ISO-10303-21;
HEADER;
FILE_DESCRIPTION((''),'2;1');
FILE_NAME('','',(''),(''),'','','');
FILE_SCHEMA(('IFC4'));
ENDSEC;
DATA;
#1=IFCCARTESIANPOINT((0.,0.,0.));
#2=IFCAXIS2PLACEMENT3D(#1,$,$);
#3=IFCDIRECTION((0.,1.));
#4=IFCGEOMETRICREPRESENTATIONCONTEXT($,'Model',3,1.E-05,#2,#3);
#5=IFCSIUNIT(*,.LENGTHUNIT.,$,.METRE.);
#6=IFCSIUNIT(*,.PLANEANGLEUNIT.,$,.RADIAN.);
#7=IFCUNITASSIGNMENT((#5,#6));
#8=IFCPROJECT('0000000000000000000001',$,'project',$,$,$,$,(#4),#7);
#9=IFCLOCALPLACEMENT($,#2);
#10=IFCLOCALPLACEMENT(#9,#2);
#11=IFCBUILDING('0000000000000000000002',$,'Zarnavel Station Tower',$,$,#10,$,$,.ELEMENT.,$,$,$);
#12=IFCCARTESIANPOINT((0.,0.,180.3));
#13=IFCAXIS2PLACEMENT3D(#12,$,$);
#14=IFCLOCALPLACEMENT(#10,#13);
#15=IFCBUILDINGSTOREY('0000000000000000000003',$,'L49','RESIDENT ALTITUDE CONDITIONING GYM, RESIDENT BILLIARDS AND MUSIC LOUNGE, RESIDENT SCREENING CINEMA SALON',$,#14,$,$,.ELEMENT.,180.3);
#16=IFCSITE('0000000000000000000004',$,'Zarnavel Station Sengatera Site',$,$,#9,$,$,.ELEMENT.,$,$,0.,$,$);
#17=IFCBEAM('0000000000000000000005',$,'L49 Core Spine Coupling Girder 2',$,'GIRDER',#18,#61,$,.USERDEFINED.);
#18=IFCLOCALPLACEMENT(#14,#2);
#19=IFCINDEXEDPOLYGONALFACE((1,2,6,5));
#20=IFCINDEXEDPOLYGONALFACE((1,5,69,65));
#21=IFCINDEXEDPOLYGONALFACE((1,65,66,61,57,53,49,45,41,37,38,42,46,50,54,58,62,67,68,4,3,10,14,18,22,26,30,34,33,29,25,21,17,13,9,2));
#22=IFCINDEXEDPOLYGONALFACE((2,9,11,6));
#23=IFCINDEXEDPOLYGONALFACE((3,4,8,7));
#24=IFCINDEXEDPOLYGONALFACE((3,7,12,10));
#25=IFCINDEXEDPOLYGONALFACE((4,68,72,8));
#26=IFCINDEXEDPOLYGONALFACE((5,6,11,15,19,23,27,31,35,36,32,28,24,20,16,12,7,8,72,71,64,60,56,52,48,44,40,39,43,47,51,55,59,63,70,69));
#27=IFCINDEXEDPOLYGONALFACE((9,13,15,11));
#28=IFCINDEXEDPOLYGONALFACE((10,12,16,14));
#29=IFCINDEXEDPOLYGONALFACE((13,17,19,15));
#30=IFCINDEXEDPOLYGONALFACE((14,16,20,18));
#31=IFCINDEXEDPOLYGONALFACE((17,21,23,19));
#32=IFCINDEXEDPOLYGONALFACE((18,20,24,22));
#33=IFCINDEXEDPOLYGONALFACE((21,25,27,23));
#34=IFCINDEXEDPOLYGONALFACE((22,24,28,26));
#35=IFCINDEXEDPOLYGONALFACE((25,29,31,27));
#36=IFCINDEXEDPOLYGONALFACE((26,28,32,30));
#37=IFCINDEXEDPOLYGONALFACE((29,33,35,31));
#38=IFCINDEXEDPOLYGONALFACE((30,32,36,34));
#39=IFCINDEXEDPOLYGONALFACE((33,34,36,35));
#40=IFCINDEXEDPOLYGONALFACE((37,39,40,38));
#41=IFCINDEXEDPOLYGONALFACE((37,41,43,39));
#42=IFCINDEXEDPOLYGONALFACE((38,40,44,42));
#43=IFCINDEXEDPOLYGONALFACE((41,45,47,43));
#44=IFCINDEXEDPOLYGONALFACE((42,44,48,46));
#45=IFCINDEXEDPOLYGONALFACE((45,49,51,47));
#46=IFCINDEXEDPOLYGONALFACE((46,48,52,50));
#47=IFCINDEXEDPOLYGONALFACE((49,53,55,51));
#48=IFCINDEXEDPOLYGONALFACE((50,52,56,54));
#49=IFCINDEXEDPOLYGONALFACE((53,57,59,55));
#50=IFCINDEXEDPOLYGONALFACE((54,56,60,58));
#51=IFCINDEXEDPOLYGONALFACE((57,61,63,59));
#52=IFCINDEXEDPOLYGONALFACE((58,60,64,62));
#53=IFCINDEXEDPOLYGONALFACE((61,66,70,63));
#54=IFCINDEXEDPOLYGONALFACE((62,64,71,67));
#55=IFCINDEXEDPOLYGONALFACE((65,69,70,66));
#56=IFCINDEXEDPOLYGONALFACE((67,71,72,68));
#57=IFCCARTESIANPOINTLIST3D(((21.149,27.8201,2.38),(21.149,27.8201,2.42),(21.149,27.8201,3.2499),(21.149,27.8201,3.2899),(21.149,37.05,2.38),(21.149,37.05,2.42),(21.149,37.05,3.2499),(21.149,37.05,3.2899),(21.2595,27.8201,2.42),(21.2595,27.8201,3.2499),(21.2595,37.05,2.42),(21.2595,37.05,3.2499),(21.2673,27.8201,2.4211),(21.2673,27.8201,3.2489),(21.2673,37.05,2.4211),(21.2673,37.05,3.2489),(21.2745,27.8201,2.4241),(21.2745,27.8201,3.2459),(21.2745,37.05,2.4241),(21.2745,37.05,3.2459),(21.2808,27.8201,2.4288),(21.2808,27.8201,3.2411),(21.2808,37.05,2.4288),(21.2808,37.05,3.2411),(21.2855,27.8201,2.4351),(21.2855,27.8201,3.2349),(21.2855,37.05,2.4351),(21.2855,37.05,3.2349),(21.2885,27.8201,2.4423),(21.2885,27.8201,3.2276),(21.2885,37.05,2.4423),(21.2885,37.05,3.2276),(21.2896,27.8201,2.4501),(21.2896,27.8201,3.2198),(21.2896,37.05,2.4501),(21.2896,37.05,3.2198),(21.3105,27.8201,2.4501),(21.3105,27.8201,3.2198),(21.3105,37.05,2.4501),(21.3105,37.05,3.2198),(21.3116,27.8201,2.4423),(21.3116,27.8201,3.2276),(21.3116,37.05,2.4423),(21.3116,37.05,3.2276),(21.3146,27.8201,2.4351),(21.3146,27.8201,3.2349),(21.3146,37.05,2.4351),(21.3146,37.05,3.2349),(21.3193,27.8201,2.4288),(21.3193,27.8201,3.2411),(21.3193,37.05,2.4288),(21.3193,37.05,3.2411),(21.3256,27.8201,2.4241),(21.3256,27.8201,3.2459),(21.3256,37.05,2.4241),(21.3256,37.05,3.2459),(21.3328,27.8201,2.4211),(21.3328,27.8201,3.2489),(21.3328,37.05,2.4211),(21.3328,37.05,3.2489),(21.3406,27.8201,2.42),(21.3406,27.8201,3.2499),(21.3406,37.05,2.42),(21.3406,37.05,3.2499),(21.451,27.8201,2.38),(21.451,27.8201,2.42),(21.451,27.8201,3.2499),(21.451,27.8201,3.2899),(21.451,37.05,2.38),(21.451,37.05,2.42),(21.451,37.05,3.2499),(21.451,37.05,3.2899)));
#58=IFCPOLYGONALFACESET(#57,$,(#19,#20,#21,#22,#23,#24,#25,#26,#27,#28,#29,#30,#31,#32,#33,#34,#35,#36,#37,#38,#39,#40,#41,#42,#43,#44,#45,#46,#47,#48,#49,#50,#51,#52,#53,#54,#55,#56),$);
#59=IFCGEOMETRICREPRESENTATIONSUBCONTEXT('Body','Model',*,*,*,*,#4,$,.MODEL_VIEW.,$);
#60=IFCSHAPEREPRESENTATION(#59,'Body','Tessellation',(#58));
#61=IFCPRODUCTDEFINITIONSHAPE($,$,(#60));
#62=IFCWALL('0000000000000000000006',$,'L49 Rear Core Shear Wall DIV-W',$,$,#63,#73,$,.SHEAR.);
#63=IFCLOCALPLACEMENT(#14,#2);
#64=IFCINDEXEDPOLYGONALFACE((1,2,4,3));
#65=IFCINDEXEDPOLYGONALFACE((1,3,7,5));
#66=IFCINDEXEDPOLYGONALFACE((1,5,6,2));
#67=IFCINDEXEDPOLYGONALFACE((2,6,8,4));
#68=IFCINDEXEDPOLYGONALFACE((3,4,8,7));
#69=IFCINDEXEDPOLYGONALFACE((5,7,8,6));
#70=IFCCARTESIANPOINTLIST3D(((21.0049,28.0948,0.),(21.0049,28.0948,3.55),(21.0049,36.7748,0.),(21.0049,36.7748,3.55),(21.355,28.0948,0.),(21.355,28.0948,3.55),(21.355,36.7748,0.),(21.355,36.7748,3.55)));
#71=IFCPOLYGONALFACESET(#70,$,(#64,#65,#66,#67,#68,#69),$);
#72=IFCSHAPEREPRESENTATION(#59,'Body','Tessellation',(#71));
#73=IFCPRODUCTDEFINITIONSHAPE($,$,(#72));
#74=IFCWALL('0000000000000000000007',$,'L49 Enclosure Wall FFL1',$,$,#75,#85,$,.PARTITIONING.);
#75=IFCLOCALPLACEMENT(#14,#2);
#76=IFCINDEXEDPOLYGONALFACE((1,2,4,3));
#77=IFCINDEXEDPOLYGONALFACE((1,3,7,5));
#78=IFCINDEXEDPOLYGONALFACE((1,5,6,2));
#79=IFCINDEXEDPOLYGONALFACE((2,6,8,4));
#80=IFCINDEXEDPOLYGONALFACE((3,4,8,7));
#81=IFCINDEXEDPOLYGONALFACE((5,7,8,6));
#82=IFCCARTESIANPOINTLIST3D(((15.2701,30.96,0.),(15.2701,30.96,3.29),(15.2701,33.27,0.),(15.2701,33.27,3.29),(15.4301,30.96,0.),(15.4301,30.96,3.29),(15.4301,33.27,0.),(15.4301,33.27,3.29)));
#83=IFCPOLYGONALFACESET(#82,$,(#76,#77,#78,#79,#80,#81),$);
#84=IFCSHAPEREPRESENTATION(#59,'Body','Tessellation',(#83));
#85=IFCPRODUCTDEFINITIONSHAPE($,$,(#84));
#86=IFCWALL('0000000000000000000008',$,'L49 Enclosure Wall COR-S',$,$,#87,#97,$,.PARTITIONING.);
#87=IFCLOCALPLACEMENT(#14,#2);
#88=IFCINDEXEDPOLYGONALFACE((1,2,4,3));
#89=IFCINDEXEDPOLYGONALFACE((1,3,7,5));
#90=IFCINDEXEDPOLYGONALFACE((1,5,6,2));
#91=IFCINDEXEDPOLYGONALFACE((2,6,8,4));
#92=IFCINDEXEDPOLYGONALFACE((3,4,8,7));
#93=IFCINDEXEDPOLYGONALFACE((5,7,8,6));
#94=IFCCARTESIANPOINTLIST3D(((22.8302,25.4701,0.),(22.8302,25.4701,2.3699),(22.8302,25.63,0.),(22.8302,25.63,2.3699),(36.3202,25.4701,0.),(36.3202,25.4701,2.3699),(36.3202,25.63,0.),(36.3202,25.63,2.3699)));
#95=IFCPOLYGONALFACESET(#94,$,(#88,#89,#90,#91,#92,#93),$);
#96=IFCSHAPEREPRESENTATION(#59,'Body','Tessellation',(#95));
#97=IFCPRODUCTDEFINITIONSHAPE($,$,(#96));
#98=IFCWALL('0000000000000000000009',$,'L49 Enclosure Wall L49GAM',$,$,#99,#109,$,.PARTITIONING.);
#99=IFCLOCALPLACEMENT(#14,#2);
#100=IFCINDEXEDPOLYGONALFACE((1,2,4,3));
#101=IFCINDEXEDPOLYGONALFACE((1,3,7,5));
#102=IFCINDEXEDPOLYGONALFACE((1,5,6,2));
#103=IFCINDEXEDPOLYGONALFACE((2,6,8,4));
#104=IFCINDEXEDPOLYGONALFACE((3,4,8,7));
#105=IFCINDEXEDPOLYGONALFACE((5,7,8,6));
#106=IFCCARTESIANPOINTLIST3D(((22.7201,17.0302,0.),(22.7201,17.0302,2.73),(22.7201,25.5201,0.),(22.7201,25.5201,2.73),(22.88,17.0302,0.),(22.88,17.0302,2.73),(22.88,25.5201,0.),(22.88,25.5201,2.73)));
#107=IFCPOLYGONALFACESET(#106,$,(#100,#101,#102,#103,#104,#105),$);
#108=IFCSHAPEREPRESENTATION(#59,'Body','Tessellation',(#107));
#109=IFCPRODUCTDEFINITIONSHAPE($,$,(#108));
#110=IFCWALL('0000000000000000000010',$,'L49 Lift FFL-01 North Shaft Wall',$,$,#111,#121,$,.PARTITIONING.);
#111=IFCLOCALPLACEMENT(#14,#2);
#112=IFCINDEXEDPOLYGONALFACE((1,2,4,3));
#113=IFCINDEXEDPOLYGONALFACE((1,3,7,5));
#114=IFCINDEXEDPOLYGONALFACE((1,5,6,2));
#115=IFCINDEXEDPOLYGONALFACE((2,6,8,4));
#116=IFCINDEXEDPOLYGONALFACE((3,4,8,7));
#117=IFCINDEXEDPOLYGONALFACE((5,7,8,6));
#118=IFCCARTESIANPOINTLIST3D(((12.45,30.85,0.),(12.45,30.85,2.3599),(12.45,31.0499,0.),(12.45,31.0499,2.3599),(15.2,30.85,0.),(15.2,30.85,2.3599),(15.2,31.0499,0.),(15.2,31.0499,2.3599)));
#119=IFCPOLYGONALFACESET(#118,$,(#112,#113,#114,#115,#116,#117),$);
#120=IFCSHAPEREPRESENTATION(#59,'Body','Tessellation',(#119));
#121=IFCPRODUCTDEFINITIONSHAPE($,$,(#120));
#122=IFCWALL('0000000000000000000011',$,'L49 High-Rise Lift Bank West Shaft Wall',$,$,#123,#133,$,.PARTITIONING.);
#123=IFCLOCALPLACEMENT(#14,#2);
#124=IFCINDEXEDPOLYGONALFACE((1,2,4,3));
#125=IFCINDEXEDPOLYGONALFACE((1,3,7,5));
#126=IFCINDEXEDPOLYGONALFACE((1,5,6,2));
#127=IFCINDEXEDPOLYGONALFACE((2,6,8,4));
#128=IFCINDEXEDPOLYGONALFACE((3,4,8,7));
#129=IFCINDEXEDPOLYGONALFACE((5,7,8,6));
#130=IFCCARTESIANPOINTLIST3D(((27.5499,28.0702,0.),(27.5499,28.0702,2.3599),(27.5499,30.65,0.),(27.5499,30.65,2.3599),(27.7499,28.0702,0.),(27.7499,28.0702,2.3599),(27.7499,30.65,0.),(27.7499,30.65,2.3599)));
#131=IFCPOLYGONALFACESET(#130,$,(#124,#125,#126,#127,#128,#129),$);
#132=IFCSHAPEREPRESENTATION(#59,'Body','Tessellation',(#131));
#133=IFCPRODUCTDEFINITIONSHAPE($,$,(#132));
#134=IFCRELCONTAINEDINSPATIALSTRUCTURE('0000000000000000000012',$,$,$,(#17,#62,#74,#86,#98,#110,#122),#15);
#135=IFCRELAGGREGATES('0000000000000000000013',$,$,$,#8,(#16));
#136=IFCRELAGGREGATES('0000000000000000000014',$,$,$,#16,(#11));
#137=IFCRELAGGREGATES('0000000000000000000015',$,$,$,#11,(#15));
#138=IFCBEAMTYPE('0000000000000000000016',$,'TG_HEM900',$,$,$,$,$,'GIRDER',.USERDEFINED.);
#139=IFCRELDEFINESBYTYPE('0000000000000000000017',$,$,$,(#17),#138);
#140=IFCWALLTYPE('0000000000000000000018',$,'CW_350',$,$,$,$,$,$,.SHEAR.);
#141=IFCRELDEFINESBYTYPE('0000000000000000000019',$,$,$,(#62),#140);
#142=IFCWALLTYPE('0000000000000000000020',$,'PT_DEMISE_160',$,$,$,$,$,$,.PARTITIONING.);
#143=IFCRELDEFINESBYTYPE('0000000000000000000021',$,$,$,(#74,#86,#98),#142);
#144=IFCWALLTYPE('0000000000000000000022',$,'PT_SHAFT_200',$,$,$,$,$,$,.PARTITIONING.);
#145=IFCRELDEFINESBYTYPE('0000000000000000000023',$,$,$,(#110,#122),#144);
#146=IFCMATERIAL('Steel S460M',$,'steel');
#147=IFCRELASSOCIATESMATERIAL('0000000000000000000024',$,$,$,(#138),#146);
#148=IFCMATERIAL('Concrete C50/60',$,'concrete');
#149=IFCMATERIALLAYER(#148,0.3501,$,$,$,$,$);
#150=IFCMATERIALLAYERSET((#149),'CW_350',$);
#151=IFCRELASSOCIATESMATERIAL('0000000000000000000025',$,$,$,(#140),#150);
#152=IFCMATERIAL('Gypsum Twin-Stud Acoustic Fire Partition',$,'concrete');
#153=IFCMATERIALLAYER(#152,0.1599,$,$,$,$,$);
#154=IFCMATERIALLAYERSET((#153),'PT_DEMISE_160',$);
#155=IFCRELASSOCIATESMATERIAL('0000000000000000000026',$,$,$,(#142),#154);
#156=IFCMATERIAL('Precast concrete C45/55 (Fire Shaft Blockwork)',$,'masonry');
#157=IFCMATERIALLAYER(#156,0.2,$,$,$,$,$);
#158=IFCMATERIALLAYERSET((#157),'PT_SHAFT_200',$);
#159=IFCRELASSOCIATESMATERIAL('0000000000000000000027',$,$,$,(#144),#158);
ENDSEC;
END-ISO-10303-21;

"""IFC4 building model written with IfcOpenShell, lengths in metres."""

from ifc_helpers import new_model, si_unit, direction, frame, frame_2d, origin, origin_2d, place, context, subcontext, project, spatial, rectangle, i_section, extrude, material, layer, layer_set, material_profile, profile_set, type_object, element, save


model = new_model("IFC4")

# Units and contexts
model_context = context("Model", 3, precision=1e-05, world=origin(), true_north=direction((0.0, 1.0)))
body_context = subcontext(model_context, "Body", "Model", "MODEL_VIEW")
ifc_project = project(units=[si_unit("LENGTHUNIT", "METRE"), si_unit("PLANEANGLEUNIT", "RADIAN")], contexts=[model_context])

# Site, building, storey
site_placement = place(None, origin())
site = spatial("IfcSite", under=ifc_project, at=site_placement, Name="Zarnavel Station Sengatera Site", CompositionType="ELEMENT", RefElevation=0.0)
building_placement = place(site_placement, origin())
building = spatial("IfcBuilding", under=site, at=building_placement, Name="Zarnavel Station Tower", CompositionType="ELEMENT")
storey_placement = place(building_placement, frame((0.0, 0.0, 180.3)))
storey = spatial("IfcBuildingStorey", under=building, at=storey_placement, Name="L49", Description="RESIDENT ALTITUDE CONDITIONING GYM, RESIDENT BILLIARDS AND MUSIC LOUNGE, RESIDENT SCREENING CINEMA SALON", CompositionType="ELEMENT", Elevation=180.3)

# Beam
ifc_material_1 = material(Name="Steel S460M", Category="steel")
ifc_material_profile_1 = material_profile(ifc_material_1, i_section(OverallWidth=0.302, OverallDepth=0.9099, WebThickness=0.021, FlangeThickness=0.04, FilletRadius=0.03, at=origin_2d()), Name="HEM900")
ifc_profile_set_1 = profile_set([ifc_material_profile_1], Name="Steel S460M")
beam_type_1 = type_object("IfcBeamType", Name="TG_HEM900", ElementType="GIRDER", PredefinedType="USERDEFINED", material=ifc_profile_set_1)
beam_1_placement = place(storey_placement, frame((21.3, 27.8201, 2.835), z_axis=(0.0, 1.0, 0.0), x_axis=(-1.0, 0.0, 0.0)))
element("IfcBeam", 1, at=beam_1_placement, inside=storey, type_object=beam_type_1, Name="L49 Core Spine Coupling Girder 2", ObjectType="GIRDER", PredefinedType="USERDEFINED", context=body_context, shape_type="SweptSolid", body=[
    extrude(i_section(OverallWidth=0.302, OverallDepth=0.9099, WebThickness=0.021, FlangeThickness=0.04, FilletRadius=0.03, at=origin_2d()), origin(), (0.0, 0.0, 1.0), 9.23),
])

# Wall
ifc_material_2 = material(Name="Concrete C50/60", Category="concrete")
ifc_layer_1 = layer(ifc_material_2, 0.3501)
ifc_layer_set_1 = layer_set([ifc_layer_1], Name="CW_350")
wall_type_1 = type_object("IfcWallType", Name="CW_350", PredefinedType="SHEAR", material=ifc_layer_set_1)
wall_1_placement = place(storey_placement, frame((21.1799, 28.095, 0.0), z_axis=(0.0, 0.0, 1.0), x_axis=(0.0, 1.0, 0.0)))
element("IfcWall", 2, at=wall_1_placement, inside=storey, type_object=wall_type_1, Name="L49 Rear Core Shear Wall DIV-W", PredefinedType="SHEAR", context=body_context, shape_type="SweptSolid", body=[
    extrude(rectangle(XDim=8.6799, YDim=0.3501, at=frame_2d((4.3398, 0.0))), origin(), (0.0, 0.0, 1.0), 3.55),
])

# Walls
ifc_material_3 = material(Name="Gypsum Twin-Stud Acoustic Fire Partition", Category="concrete")
ifc_layer_2 = layer(ifc_material_3, 0.1599)
ifc_layer_set_2 = layer_set([ifc_layer_2], Name="PT_DEMISE_160")
wall_type_2 = type_object("IfcWallType", Name="PT_DEMISE_160", PredefinedType="PARTITIONING", material=ifc_layer_set_2)
wall_2_placement = place(storey_placement, frame((15.3501, 30.96, 0.0), z_axis=(0.0, 0.0, 1.0), x_axis=(0.0, 1.0, 0.0)))
element("IfcWall", 3, at=wall_2_placement, inside=storey, type_object=wall_type_2, Name="L49 Enclosure Wall FFL1", PredefinedType="PARTITIONING", context=body_context, shape_type="SweptSolid", body=[
    extrude(rectangle(XDim=2.3101, YDim=0.1599, at=frame_2d((1.155, 0.0))), origin(), (0.0, 0.0, 1.0), 3.29),
])
wall_3_placement = place(storey_placement, frame((22.8301, 25.55, 0.0), z_axis=(0.0, 0.0, 1.0), x_axis=(1.0, 0.0, 0.0)))
element("IfcWall", 4, at=wall_3_placement, inside=storey, type_object=wall_type_2, Name="L49 Enclosure Wall COR-S", PredefinedType="PARTITIONING", context=body_context, shape_type="SweptSolid", body=[
    extrude(rectangle(XDim=13.49, YDim=0.1599, at=frame_2d((6.7451, 0.0))), origin(), (0.0, 0.0, 1.0), 2.3699),
])
wall_4_placement = place(storey_placement, frame((22.8, 17.03, 0.0), z_axis=(0.0, 0.0, 1.0), x_axis=(0.0, 1.0, 0.0)))
element("IfcWall", 5, at=wall_4_placement, inside=storey, type_object=wall_type_2, Name="L49 Enclosure Wall L49GAM", PredefinedType="PARTITIONING", context=body_context, shape_type="SweptSolid", body=[
    extrude(rectangle(XDim=8.49, YDim=0.1599, at=frame_2d((4.2451, 0.0))), origin(), (0.0, 0.0, 1.0), 2.73),
])

# Shared definitions
ifc_material_4 = material(Name="Precast concrete C45/55 (Fire Shaft Blockwork)", Category="masonry")
ifc_layer_3 = layer(ifc_material_4, 0.2)
ifc_layer_set_3 = layer_set([ifc_layer_3], Name="PT_SHAFT_200")
wall_type_3 = type_object("IfcWallType", Name="PT_SHAFT_200", PredefinedType="PARTITIONING", material=ifc_layer_set_3)

# Walls
wall_5_placement = place(storey_placement, frame((12.45, 30.95, 0.0), z_axis=(0.0, 0.0, 1.0), x_axis=(1.0, 0.0, 0.0)))
element("IfcWall", 6, at=wall_5_placement, inside=storey, type_object=wall_type_3, Name="L49 Lift FFL-01 North Shaft Wall", PredefinedType="PARTITIONING", context=body_context, shape_type="SweptSolid", body=[
    extrude(rectangle(XDim=2.75, YDim=0.2, at=frame_2d((1.375, 0.0))), origin(), (0.0, 0.0, 1.0), 2.3599),
])
wall_6_placement = place(storey_placement, frame((27.6499, 28.0701, 0.0), z_axis=(0.0, 0.0, 1.0), x_axis=(0.0, 1.0, 0.0)))
element("IfcWall", 7, at=wall_6_placement, inside=storey, type_object=wall_type_3, Name="L49 High-Rise Lift Bank West Shaft Wall", PredefinedType="PARTITIONING", context=body_context, shape_type="SweptSolid", body=[
    extrude(rectangle(XDim=2.5798, YDim=0.2, at=frame_2d((1.29, 0.0))), origin(), (0.0, 0.0, 1.0), 2.3599),
])

save(model, "model.ifc")
